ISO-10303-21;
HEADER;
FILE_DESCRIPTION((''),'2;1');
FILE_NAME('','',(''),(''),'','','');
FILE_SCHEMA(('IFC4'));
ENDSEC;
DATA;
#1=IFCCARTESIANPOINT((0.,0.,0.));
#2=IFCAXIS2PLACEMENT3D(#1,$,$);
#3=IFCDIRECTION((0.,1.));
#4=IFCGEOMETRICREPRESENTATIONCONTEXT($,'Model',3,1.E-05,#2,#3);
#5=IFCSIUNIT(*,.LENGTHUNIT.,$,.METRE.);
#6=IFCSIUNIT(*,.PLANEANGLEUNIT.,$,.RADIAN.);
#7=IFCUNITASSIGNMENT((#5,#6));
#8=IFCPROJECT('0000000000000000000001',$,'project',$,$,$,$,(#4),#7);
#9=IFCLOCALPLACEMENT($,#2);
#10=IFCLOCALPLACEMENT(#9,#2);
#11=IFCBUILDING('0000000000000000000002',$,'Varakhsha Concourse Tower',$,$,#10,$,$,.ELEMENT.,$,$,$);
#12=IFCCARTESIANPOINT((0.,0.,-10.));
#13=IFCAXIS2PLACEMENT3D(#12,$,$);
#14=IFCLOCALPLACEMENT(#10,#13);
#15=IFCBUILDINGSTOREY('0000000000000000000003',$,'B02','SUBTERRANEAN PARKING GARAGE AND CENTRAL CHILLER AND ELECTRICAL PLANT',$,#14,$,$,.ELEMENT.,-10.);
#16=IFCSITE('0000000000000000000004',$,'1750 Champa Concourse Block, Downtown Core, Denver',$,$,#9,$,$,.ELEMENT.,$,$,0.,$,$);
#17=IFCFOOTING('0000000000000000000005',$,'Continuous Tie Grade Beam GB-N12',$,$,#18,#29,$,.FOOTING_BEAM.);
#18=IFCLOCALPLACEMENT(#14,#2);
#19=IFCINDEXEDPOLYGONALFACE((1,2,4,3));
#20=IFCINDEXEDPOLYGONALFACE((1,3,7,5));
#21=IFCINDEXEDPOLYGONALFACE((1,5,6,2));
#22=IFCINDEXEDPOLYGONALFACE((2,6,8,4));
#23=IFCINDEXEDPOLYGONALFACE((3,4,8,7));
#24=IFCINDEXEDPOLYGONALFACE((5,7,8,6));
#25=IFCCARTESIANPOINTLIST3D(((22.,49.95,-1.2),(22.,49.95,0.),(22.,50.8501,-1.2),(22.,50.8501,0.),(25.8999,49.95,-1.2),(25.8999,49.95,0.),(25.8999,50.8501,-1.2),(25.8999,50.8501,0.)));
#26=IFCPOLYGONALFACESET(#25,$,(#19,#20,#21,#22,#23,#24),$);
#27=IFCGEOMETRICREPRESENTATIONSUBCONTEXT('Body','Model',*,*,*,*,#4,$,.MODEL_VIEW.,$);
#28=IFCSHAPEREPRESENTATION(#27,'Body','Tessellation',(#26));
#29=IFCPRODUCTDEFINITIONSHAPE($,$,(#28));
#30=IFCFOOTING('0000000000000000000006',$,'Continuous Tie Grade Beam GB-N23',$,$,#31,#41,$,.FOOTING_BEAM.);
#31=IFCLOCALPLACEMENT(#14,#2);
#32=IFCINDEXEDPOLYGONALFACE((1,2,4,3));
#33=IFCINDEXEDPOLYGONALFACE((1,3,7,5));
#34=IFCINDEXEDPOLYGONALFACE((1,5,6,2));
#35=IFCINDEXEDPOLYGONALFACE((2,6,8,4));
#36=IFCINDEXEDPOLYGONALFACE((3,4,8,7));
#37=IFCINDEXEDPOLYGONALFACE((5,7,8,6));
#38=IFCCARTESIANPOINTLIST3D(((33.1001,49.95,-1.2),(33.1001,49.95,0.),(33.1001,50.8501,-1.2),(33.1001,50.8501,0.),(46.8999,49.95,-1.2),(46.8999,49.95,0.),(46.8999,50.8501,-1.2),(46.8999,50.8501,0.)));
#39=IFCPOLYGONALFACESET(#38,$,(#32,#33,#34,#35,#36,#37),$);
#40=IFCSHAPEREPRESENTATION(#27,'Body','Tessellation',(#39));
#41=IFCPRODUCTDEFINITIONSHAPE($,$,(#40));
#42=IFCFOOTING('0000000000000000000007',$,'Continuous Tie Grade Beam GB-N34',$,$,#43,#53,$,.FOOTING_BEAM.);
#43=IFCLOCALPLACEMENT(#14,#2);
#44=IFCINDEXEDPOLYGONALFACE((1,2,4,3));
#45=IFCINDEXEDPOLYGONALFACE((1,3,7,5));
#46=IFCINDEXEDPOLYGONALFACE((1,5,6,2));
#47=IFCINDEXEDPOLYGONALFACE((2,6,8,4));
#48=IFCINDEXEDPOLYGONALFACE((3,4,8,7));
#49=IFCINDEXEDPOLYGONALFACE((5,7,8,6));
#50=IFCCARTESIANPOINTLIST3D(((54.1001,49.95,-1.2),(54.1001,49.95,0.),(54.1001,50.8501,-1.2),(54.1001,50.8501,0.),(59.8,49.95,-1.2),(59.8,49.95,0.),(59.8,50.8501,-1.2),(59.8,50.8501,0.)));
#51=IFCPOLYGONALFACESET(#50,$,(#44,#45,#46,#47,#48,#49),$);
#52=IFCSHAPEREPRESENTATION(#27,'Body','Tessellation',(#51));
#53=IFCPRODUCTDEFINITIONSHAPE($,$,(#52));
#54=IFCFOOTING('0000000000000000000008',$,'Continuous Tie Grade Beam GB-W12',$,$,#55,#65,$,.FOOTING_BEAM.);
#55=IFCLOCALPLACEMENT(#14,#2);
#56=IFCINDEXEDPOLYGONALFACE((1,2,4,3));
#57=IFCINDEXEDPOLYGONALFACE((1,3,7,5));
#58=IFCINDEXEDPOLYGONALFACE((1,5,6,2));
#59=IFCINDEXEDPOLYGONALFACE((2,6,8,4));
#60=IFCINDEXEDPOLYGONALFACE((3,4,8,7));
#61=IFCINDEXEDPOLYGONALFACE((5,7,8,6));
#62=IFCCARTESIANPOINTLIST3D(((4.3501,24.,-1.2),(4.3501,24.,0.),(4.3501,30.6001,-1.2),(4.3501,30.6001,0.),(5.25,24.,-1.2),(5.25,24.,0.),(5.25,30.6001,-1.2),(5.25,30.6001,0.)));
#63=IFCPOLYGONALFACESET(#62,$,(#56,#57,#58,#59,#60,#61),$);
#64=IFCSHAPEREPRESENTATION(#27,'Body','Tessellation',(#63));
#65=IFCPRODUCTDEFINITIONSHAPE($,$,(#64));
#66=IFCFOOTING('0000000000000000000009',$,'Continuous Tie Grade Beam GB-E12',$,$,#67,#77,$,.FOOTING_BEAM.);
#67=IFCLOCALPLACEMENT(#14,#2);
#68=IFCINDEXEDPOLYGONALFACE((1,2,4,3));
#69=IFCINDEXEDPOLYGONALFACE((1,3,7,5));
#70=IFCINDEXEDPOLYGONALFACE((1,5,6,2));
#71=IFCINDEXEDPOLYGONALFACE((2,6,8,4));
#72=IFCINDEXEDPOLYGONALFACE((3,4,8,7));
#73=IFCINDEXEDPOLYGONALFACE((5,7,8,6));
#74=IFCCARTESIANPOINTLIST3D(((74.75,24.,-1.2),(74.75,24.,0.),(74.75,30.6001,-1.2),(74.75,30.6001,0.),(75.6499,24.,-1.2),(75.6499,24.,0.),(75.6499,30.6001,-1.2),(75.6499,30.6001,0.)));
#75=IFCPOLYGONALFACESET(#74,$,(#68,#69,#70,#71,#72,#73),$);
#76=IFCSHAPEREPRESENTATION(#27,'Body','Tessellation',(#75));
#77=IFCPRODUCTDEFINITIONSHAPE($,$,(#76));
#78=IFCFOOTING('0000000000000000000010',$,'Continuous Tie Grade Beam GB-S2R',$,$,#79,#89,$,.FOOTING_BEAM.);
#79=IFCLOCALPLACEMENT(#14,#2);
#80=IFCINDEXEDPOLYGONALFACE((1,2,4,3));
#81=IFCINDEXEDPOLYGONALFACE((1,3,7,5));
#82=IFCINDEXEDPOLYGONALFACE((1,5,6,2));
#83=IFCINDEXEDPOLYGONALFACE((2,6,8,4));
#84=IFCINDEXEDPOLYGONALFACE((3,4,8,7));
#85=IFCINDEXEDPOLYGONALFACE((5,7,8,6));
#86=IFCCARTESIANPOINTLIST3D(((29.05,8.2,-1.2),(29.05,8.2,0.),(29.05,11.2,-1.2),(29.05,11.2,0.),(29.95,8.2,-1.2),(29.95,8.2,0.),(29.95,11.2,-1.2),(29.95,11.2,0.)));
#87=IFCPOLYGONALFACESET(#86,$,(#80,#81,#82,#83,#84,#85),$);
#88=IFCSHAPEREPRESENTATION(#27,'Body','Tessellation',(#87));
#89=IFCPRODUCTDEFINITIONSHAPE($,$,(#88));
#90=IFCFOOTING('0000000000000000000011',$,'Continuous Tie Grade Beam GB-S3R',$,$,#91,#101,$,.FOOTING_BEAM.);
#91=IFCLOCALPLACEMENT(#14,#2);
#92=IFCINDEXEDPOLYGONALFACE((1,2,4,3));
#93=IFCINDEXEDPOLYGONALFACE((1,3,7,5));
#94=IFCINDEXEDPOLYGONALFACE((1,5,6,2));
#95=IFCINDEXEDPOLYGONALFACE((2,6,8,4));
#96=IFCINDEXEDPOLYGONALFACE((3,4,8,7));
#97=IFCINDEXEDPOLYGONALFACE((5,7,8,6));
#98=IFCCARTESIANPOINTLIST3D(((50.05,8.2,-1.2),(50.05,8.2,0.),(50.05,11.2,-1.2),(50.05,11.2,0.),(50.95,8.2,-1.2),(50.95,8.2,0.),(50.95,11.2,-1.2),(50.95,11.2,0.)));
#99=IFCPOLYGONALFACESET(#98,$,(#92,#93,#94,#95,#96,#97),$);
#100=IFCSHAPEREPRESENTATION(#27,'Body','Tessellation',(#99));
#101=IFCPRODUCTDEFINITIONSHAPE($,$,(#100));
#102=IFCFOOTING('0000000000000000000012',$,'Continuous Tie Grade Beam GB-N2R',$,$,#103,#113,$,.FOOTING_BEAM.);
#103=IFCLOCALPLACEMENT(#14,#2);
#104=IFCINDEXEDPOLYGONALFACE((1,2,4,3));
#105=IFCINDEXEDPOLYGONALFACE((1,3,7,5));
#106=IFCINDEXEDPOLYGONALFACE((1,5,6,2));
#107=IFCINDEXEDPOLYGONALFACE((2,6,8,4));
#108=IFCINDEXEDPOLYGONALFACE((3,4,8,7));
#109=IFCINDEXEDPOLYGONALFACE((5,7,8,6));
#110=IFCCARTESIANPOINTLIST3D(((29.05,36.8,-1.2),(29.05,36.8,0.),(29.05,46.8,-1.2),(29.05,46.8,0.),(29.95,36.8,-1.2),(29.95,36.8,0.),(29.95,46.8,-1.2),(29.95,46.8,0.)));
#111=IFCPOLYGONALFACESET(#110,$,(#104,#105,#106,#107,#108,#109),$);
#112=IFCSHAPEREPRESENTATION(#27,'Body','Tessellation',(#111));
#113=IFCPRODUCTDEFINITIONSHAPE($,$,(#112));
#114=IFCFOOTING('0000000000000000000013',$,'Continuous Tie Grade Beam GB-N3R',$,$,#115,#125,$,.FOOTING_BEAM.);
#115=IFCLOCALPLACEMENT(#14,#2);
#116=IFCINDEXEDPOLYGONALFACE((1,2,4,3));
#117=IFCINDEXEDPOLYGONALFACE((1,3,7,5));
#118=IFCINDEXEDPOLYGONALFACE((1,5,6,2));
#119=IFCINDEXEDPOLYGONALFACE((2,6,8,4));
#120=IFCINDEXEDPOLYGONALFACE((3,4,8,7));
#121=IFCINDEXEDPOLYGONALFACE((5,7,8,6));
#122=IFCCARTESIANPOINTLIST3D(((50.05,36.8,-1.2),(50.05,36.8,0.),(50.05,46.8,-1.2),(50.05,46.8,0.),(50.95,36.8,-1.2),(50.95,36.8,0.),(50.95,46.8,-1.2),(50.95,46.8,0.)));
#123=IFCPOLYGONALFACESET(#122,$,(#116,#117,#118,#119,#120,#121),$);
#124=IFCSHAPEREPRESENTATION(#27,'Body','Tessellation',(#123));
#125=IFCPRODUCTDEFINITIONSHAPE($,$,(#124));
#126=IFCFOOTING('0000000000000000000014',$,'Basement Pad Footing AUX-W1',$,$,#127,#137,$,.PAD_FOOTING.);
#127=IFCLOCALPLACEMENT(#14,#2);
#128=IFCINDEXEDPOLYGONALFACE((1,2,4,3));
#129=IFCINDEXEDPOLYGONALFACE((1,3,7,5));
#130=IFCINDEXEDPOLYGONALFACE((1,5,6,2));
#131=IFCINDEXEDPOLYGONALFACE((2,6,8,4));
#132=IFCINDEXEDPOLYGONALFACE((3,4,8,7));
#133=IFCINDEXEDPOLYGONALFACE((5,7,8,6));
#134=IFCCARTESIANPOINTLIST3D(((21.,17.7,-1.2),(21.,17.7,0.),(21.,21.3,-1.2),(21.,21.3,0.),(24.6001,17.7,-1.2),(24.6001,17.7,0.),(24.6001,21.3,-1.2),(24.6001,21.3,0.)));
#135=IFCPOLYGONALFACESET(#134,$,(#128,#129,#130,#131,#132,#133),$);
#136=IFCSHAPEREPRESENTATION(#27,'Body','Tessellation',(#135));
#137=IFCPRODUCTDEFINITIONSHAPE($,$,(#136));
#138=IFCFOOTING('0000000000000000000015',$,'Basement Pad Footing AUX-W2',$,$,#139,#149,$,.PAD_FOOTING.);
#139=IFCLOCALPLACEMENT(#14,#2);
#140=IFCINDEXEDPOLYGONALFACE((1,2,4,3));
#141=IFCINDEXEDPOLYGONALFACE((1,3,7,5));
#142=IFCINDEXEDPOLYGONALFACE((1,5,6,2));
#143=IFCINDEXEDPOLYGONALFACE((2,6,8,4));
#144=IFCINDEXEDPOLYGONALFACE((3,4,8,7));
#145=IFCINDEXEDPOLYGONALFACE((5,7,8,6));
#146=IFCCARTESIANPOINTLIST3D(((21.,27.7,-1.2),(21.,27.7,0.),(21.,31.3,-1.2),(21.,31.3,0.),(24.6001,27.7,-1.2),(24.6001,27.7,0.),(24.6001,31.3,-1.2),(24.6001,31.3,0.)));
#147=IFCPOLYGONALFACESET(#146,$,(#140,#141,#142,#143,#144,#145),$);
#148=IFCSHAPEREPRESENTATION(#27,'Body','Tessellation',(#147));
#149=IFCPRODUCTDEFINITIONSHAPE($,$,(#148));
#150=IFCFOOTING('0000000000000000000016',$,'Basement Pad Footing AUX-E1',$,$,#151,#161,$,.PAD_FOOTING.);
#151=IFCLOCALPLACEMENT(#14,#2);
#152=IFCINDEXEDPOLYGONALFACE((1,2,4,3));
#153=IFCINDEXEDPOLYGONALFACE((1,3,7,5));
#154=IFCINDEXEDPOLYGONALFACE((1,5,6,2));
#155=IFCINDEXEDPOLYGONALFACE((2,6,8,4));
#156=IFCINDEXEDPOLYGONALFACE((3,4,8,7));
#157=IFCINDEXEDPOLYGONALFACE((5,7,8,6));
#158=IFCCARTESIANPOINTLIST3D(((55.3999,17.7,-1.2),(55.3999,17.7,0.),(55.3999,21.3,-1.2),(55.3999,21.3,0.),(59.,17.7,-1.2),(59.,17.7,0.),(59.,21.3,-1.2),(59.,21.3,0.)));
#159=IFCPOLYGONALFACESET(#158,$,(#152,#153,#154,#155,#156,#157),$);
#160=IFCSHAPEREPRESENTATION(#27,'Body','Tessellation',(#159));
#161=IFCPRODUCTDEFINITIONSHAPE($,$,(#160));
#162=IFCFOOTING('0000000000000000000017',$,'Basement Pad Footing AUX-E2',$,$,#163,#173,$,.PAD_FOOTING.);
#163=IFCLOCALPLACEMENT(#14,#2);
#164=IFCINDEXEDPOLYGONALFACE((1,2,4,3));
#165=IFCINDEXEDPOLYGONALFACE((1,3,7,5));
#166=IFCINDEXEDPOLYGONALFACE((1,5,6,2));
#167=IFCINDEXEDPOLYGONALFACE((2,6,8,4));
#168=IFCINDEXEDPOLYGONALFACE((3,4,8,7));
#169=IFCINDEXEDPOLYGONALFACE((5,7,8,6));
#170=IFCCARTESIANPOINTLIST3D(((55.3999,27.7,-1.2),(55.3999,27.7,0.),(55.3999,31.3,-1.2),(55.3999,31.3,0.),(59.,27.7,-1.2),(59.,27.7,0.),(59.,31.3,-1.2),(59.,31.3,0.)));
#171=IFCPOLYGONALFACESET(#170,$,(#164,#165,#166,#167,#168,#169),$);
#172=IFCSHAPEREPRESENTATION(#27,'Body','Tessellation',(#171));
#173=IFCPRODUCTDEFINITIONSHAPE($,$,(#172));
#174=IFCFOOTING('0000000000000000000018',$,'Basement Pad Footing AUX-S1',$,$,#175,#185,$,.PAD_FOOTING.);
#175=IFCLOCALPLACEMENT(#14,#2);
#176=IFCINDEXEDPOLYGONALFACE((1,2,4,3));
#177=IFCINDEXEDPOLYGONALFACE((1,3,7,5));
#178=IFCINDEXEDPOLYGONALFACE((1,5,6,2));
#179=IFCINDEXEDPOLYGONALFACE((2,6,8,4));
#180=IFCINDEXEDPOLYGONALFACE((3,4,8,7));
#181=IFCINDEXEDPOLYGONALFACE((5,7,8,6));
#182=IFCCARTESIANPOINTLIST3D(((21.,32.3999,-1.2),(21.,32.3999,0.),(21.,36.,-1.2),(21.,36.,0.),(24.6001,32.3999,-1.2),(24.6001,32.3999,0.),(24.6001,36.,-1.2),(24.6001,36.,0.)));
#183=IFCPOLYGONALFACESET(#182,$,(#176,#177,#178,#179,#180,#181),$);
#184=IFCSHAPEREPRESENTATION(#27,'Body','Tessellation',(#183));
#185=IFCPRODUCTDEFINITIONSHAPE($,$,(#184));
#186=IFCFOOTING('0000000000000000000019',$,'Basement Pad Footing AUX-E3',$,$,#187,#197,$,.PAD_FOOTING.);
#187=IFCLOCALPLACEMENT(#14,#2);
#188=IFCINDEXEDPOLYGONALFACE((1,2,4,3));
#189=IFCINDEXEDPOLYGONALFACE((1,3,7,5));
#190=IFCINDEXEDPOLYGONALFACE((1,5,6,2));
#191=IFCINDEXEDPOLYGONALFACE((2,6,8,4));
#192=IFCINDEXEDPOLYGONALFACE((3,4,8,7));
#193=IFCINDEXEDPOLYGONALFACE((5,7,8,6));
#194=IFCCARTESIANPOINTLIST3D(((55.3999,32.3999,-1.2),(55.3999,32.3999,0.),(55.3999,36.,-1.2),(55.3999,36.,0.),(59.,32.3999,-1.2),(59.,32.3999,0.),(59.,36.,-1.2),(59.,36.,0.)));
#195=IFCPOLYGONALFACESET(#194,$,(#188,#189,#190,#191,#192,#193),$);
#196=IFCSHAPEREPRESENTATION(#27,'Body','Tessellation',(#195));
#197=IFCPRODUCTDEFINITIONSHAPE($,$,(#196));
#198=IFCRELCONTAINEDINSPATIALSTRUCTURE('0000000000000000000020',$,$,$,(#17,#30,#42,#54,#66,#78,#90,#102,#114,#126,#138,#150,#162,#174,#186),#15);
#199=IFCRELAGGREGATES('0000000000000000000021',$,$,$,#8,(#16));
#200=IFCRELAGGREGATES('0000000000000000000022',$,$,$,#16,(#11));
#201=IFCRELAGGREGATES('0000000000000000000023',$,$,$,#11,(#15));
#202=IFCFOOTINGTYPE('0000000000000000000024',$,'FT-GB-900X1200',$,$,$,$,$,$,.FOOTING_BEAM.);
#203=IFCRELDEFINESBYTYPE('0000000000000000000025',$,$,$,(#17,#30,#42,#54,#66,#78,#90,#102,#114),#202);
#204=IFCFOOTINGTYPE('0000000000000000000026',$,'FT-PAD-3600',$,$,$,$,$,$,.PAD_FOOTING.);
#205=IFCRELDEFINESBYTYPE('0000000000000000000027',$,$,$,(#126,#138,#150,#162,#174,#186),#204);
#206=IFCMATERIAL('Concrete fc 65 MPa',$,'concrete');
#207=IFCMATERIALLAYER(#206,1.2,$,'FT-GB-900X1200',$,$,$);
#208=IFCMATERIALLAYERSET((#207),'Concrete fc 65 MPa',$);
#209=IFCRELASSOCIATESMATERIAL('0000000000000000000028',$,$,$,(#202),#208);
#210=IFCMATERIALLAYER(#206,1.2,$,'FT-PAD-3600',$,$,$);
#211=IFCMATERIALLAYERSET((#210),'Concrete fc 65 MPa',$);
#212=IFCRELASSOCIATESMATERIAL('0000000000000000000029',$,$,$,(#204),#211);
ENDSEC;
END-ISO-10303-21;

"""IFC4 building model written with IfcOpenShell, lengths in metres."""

from ifc_helpers import new_model, si_unit, direction, frame, origin, place, context, subcontext, project, spatial, polyline, outline, extrude, material, layer, layer_set, type_object, element, save


model = new_model("IFC4")

# Units and contexts
model_context = context("Model", 3, precision=1e-05, world=origin(), true_north=direction((0.0, 1.0)))
body_context = subcontext(model_context, "Body", "Model", "MODEL_VIEW")
ifc_project = project(units=[si_unit("LENGTHUNIT", "METRE"), si_unit("PLANEANGLEUNIT", "RADIAN")], contexts=[model_context])

# Site, building, storey
site_placement = place(None, origin())
site = spatial("IfcSite", under=ifc_project, at=site_placement, Name="1750 Champa Concourse Block, Downtown Core, Denver", CompositionType="ELEMENT", RefElevation=0.0)
building_placement = place(site_placement, origin())
building = spatial("IfcBuilding", under=site, at=building_placement, Name="Varakhsha Concourse Tower", CompositionType="ELEMENT")
storey_placement = place(building_placement, frame((0.0, 0.0, -10.0)))
storey = spatial("IfcBuildingStorey", under=building, at=storey_placement, Name="B02", Description="SUBTERRANEAN PARKING GARAGE AND CENTRAL CHILLER AND ELECTRICAL PLANT", CompositionType="ELEMENT", Elevation=-10.0)

# Footings
ifc_material = material(Name="Concrete fc 65 MPa", Category="concrete")
ifc_layer_1 = layer(ifc_material, 1.2, Name="FT-GB-900X1200")
ifc_layer_set_1 = layer_set([ifc_layer_1], Name="Concrete fc 65 MPa")
footing_type_1 = type_object("IfcFootingType", Name="FT-GB-900X1200", PredefinedType="FOOTING_BEAM", material=ifc_layer_set_1)
footing_1_placement = place(storey_placement, frame((0.0, 0.0, -1.2)))
element("IfcFooting", 1, at=footing_1_placement, inside=storey, type_object=footing_type_1, Name="Continuous Tie Grade Beam GB-N12", PredefinedType="FOOTING_BEAM", context=body_context, shape_type="SweptSolid", body=[
    extrude(outline(polyline([(22.0, 49.95), (25.8999, 49.95), (25.8999, 50.8501), (22.0, 50.8501), (22.0, 49.95)])), origin(), (0.0, 0.0, 1.0), 1.2),
])
footing_2_placement = place(storey_placement, frame((0.0, 0.0, -1.2)))
element("IfcFooting", 2, at=footing_2_placement, inside=storey, type_object=footing_type_1, Name="Continuous Tie Grade Beam GB-N23", PredefinedType="FOOTING_BEAM", context=body_context, shape_type="SweptSolid", body=[
    extrude(outline(polyline([(33.1001, 49.95), (46.8999, 49.95), (46.8999, 50.8501), (33.1001, 50.8501), (33.1001, 49.95)])), origin(), (0.0, 0.0, 1.0), 1.2),
])
footing_3_placement = place(storey_placement, frame((0.0, 0.0, -1.2)))
element("IfcFooting", 3, at=footing_3_placement, inside=storey, type_object=footing_type_1, Name="Continuous Tie Grade Beam GB-N34", PredefinedType="FOOTING_BEAM", context=body_context, shape_type="SweptSolid", body=[
    extrude(outline(polyline([(54.1001, 49.95), (59.8, 49.95), (59.8, 50.8501), (54.1001, 50.8501), (54.1001, 49.95)])), origin(), (0.0, 0.0, 1.0), 1.2),
])
footing_4_placement = place(storey_placement, frame((0.0, 0.0, -1.2)))
element("IfcFooting", 4, at=footing_4_placement, inside=storey, type_object=footing_type_1, Name="Continuous Tie Grade Beam GB-W12", PredefinedType="FOOTING_BEAM", context=body_context, shape_type="SweptSolid", body=[
    extrude(outline(polyline([(4.3501, 24.0), (5.25, 24.0), (5.25, 30.6001), (4.3501, 30.6001), (4.3501, 24.0)])), origin(), (0.0, 0.0, 1.0), 1.2),
])
footing_5_placement = place(storey_placement, frame((0.0, 0.0, -1.2)))
element("IfcFooting", 5, at=footing_5_placement, inside=storey, type_object=footing_type_1, Name="Continuous Tie Grade Beam GB-E12", PredefinedType="FOOTING_BEAM", context=body_context, shape_type="SweptSolid", body=[
    extrude(outline(polyline([(74.75, 24.0), (75.6499, 24.0), (75.6499, 30.6001), (74.75, 30.6001), (74.75, 24.0)])), origin(), (0.0, 0.0, 1.0), 1.2),
])
footing_6_placement = place(storey_placement, frame((0.0, 0.0, -1.2)))
element("IfcFooting", 6, at=footing_6_placement, inside=storey, type_object=footing_type_1, Name="Continuous Tie Grade Beam GB-S2R", PredefinedType="FOOTING_BEAM", context=body_context, shape_type="SweptSolid", body=[
    extrude(outline(polyline([(29.05, 8.2), (29.95, 8.2), (29.95, 11.2), (29.05, 11.2), (29.05, 8.2)])), origin(), (0.0, 0.0, 1.0), 1.2),
])
footing_7_placement = place(storey_placement, frame((0.0, 0.0, -1.2)))
element("IfcFooting", 7, at=footing_7_placement, inside=storey, type_object=footing_type_1, Name="Continuous Tie Grade Beam GB-S3R", PredefinedType="FOOTING_BEAM", context=body_context, shape_type="SweptSolid", body=[
    extrude(outline(polyline([(50.05, 8.2), (50.95, 8.2), (50.95, 11.2), (50.05, 11.2), (50.05, 8.2)])), origin(), (0.0, 0.0, 1.0), 1.2),
])
footing_8_placement = place(storey_placement, frame((0.0, 0.0, -1.2)))
element("IfcFooting", 8, at=footing_8_placement, inside=storey, type_object=footing_type_1, Name="Continuous Tie Grade Beam GB-N2R", PredefinedType="FOOTING_BEAM", context=body_context, shape_type="SweptSolid", body=[
    extrude(outline(polyline([(29.05, 36.8), (29.95, 36.8), (29.95, 46.8), (29.05, 46.8), (29.05, 36.8)])), origin(), (0.0, 0.0, 1.0), 1.2),
])
footing_9_placement = place(storey_placement, frame((0.0, 0.0, -1.2)))
element("IfcFooting", 9, at=footing_9_placement, inside=storey, type_object=footing_type_1, Name="Continuous Tie Grade Beam GB-N3R", PredefinedType="FOOTING_BEAM", context=body_context, shape_type="SweptSolid", body=[
    extrude(outline(polyline([(50.05, 36.8), (50.95, 36.8), (50.95, 46.8), (50.05, 46.8), (50.05, 36.8)])), origin(), (0.0, 0.0, 1.0), 1.2),
])
ifc_layer_2 = layer(ifc_material, 1.2, Name="FT-PAD-3600")
ifc_layer_set_2 = layer_set([ifc_layer_2], Name="Concrete fc 65 MPa")
footing_type_2 = type_object("IfcFootingType", Name="FT-PAD-3600", PredefinedType="PAD_FOOTING", material=ifc_layer_set_2)
footing_10_placement = place(storey_placement, frame((0.0, 0.0, -1.2)))
element("IfcFooting", 10, at=footing_10_placement, inside=storey, type_object=footing_type_2, Name="Basement Pad Footing AUX-W1", PredefinedType="PAD_FOOTING", context=body_context, shape_type="SweptSolid", body=[
    extrude(outline(polyline([(21.0, 17.7), (24.6001, 17.7), (24.6001, 21.3), (21.0, 21.3), (21.0, 17.7)])), origin(), (0.0, 0.0, 1.0), 1.2),
])
footing_11_placement = place(storey_placement, frame((0.0, 0.0, -1.2)))
element("IfcFooting", 11, at=footing_11_placement, inside=storey, type_object=footing_type_2, Name="Basement Pad Footing AUX-W2", PredefinedType="PAD_FOOTING", context=body_context, shape_type="SweptSolid", body=[
    extrude(outline(polyline([(21.0, 27.7), (24.6001, 27.7), (24.6001, 31.3), (21.0, 31.3), (21.0, 27.7)])), origin(), (0.0, 0.0, 1.0), 1.2),
])
footing_12_placement = place(storey_placement, frame((0.0, 0.0, -1.2)))
element("IfcFooting", 12, at=footing_12_placement, inside=storey, type_object=footing_type_2, Name="Basement Pad Footing AUX-E1", PredefinedType="PAD_FOOTING", context=body_context, shape_type="SweptSolid", body=[
    extrude(outline(polyline([(55.3999, 17.7), (59.0, 17.7), (59.0, 21.3), (55.3999, 21.3), (55.3999, 17.7)])), origin(), (0.0, 0.0, 1.0), 1.2),
])
footing_13_placement = place(storey_placement, frame((0.0, 0.0, -1.2)))
element("IfcFooting", 13, at=footing_13_placement, inside=storey, type_object=footing_type_2, Name="Basement Pad Footing AUX-E2", PredefinedType="PAD_FOOTING", context=body_context, shape_type="SweptSolid", body=[
    extrude(outline(polyline([(55.3999, 27.7), (59.0, 27.7), (59.0, 31.3), (55.3999, 31.3), (55.3999, 27.7)])), origin(), (0.0, 0.0, 1.0), 1.2),
])
footing_14_placement = place(storey_placement, frame((0.0, 0.0, -1.2)))
element("IfcFooting", 14, at=footing_14_placement, inside=storey, type_object=footing_type_2, Name="Basement Pad Footing AUX-S1", PredefinedType="PAD_FOOTING", context=body_context, shape_type="SweptSolid", body=[
    extrude(outline(polyline([(21.0, 32.3999), (24.6001, 32.3999), (24.6001, 36.0), (21.0, 36.0), (21.0, 32.3999)])), origin(), (0.0, 0.0, 1.0), 1.2),
])
footing_15_placement = place(storey_placement, frame((0.0, 0.0, -1.2)))
element("IfcFooting", 15, at=footing_15_placement, inside=storey, type_object=footing_type_2, Name="Basement Pad Footing AUX-E3", PredefinedType="PAD_FOOTING", context=body_context, shape_type="SweptSolid", body=[
    extrude(outline(polyline([(55.3999, 32.3999), (59.0, 32.3999), (59.0, 36.0), (55.3999, 36.0), (55.3999, 32.3999)])), origin(), (0.0, 0.0, 1.0), 1.2),
])

save(model, "model.ifc")
